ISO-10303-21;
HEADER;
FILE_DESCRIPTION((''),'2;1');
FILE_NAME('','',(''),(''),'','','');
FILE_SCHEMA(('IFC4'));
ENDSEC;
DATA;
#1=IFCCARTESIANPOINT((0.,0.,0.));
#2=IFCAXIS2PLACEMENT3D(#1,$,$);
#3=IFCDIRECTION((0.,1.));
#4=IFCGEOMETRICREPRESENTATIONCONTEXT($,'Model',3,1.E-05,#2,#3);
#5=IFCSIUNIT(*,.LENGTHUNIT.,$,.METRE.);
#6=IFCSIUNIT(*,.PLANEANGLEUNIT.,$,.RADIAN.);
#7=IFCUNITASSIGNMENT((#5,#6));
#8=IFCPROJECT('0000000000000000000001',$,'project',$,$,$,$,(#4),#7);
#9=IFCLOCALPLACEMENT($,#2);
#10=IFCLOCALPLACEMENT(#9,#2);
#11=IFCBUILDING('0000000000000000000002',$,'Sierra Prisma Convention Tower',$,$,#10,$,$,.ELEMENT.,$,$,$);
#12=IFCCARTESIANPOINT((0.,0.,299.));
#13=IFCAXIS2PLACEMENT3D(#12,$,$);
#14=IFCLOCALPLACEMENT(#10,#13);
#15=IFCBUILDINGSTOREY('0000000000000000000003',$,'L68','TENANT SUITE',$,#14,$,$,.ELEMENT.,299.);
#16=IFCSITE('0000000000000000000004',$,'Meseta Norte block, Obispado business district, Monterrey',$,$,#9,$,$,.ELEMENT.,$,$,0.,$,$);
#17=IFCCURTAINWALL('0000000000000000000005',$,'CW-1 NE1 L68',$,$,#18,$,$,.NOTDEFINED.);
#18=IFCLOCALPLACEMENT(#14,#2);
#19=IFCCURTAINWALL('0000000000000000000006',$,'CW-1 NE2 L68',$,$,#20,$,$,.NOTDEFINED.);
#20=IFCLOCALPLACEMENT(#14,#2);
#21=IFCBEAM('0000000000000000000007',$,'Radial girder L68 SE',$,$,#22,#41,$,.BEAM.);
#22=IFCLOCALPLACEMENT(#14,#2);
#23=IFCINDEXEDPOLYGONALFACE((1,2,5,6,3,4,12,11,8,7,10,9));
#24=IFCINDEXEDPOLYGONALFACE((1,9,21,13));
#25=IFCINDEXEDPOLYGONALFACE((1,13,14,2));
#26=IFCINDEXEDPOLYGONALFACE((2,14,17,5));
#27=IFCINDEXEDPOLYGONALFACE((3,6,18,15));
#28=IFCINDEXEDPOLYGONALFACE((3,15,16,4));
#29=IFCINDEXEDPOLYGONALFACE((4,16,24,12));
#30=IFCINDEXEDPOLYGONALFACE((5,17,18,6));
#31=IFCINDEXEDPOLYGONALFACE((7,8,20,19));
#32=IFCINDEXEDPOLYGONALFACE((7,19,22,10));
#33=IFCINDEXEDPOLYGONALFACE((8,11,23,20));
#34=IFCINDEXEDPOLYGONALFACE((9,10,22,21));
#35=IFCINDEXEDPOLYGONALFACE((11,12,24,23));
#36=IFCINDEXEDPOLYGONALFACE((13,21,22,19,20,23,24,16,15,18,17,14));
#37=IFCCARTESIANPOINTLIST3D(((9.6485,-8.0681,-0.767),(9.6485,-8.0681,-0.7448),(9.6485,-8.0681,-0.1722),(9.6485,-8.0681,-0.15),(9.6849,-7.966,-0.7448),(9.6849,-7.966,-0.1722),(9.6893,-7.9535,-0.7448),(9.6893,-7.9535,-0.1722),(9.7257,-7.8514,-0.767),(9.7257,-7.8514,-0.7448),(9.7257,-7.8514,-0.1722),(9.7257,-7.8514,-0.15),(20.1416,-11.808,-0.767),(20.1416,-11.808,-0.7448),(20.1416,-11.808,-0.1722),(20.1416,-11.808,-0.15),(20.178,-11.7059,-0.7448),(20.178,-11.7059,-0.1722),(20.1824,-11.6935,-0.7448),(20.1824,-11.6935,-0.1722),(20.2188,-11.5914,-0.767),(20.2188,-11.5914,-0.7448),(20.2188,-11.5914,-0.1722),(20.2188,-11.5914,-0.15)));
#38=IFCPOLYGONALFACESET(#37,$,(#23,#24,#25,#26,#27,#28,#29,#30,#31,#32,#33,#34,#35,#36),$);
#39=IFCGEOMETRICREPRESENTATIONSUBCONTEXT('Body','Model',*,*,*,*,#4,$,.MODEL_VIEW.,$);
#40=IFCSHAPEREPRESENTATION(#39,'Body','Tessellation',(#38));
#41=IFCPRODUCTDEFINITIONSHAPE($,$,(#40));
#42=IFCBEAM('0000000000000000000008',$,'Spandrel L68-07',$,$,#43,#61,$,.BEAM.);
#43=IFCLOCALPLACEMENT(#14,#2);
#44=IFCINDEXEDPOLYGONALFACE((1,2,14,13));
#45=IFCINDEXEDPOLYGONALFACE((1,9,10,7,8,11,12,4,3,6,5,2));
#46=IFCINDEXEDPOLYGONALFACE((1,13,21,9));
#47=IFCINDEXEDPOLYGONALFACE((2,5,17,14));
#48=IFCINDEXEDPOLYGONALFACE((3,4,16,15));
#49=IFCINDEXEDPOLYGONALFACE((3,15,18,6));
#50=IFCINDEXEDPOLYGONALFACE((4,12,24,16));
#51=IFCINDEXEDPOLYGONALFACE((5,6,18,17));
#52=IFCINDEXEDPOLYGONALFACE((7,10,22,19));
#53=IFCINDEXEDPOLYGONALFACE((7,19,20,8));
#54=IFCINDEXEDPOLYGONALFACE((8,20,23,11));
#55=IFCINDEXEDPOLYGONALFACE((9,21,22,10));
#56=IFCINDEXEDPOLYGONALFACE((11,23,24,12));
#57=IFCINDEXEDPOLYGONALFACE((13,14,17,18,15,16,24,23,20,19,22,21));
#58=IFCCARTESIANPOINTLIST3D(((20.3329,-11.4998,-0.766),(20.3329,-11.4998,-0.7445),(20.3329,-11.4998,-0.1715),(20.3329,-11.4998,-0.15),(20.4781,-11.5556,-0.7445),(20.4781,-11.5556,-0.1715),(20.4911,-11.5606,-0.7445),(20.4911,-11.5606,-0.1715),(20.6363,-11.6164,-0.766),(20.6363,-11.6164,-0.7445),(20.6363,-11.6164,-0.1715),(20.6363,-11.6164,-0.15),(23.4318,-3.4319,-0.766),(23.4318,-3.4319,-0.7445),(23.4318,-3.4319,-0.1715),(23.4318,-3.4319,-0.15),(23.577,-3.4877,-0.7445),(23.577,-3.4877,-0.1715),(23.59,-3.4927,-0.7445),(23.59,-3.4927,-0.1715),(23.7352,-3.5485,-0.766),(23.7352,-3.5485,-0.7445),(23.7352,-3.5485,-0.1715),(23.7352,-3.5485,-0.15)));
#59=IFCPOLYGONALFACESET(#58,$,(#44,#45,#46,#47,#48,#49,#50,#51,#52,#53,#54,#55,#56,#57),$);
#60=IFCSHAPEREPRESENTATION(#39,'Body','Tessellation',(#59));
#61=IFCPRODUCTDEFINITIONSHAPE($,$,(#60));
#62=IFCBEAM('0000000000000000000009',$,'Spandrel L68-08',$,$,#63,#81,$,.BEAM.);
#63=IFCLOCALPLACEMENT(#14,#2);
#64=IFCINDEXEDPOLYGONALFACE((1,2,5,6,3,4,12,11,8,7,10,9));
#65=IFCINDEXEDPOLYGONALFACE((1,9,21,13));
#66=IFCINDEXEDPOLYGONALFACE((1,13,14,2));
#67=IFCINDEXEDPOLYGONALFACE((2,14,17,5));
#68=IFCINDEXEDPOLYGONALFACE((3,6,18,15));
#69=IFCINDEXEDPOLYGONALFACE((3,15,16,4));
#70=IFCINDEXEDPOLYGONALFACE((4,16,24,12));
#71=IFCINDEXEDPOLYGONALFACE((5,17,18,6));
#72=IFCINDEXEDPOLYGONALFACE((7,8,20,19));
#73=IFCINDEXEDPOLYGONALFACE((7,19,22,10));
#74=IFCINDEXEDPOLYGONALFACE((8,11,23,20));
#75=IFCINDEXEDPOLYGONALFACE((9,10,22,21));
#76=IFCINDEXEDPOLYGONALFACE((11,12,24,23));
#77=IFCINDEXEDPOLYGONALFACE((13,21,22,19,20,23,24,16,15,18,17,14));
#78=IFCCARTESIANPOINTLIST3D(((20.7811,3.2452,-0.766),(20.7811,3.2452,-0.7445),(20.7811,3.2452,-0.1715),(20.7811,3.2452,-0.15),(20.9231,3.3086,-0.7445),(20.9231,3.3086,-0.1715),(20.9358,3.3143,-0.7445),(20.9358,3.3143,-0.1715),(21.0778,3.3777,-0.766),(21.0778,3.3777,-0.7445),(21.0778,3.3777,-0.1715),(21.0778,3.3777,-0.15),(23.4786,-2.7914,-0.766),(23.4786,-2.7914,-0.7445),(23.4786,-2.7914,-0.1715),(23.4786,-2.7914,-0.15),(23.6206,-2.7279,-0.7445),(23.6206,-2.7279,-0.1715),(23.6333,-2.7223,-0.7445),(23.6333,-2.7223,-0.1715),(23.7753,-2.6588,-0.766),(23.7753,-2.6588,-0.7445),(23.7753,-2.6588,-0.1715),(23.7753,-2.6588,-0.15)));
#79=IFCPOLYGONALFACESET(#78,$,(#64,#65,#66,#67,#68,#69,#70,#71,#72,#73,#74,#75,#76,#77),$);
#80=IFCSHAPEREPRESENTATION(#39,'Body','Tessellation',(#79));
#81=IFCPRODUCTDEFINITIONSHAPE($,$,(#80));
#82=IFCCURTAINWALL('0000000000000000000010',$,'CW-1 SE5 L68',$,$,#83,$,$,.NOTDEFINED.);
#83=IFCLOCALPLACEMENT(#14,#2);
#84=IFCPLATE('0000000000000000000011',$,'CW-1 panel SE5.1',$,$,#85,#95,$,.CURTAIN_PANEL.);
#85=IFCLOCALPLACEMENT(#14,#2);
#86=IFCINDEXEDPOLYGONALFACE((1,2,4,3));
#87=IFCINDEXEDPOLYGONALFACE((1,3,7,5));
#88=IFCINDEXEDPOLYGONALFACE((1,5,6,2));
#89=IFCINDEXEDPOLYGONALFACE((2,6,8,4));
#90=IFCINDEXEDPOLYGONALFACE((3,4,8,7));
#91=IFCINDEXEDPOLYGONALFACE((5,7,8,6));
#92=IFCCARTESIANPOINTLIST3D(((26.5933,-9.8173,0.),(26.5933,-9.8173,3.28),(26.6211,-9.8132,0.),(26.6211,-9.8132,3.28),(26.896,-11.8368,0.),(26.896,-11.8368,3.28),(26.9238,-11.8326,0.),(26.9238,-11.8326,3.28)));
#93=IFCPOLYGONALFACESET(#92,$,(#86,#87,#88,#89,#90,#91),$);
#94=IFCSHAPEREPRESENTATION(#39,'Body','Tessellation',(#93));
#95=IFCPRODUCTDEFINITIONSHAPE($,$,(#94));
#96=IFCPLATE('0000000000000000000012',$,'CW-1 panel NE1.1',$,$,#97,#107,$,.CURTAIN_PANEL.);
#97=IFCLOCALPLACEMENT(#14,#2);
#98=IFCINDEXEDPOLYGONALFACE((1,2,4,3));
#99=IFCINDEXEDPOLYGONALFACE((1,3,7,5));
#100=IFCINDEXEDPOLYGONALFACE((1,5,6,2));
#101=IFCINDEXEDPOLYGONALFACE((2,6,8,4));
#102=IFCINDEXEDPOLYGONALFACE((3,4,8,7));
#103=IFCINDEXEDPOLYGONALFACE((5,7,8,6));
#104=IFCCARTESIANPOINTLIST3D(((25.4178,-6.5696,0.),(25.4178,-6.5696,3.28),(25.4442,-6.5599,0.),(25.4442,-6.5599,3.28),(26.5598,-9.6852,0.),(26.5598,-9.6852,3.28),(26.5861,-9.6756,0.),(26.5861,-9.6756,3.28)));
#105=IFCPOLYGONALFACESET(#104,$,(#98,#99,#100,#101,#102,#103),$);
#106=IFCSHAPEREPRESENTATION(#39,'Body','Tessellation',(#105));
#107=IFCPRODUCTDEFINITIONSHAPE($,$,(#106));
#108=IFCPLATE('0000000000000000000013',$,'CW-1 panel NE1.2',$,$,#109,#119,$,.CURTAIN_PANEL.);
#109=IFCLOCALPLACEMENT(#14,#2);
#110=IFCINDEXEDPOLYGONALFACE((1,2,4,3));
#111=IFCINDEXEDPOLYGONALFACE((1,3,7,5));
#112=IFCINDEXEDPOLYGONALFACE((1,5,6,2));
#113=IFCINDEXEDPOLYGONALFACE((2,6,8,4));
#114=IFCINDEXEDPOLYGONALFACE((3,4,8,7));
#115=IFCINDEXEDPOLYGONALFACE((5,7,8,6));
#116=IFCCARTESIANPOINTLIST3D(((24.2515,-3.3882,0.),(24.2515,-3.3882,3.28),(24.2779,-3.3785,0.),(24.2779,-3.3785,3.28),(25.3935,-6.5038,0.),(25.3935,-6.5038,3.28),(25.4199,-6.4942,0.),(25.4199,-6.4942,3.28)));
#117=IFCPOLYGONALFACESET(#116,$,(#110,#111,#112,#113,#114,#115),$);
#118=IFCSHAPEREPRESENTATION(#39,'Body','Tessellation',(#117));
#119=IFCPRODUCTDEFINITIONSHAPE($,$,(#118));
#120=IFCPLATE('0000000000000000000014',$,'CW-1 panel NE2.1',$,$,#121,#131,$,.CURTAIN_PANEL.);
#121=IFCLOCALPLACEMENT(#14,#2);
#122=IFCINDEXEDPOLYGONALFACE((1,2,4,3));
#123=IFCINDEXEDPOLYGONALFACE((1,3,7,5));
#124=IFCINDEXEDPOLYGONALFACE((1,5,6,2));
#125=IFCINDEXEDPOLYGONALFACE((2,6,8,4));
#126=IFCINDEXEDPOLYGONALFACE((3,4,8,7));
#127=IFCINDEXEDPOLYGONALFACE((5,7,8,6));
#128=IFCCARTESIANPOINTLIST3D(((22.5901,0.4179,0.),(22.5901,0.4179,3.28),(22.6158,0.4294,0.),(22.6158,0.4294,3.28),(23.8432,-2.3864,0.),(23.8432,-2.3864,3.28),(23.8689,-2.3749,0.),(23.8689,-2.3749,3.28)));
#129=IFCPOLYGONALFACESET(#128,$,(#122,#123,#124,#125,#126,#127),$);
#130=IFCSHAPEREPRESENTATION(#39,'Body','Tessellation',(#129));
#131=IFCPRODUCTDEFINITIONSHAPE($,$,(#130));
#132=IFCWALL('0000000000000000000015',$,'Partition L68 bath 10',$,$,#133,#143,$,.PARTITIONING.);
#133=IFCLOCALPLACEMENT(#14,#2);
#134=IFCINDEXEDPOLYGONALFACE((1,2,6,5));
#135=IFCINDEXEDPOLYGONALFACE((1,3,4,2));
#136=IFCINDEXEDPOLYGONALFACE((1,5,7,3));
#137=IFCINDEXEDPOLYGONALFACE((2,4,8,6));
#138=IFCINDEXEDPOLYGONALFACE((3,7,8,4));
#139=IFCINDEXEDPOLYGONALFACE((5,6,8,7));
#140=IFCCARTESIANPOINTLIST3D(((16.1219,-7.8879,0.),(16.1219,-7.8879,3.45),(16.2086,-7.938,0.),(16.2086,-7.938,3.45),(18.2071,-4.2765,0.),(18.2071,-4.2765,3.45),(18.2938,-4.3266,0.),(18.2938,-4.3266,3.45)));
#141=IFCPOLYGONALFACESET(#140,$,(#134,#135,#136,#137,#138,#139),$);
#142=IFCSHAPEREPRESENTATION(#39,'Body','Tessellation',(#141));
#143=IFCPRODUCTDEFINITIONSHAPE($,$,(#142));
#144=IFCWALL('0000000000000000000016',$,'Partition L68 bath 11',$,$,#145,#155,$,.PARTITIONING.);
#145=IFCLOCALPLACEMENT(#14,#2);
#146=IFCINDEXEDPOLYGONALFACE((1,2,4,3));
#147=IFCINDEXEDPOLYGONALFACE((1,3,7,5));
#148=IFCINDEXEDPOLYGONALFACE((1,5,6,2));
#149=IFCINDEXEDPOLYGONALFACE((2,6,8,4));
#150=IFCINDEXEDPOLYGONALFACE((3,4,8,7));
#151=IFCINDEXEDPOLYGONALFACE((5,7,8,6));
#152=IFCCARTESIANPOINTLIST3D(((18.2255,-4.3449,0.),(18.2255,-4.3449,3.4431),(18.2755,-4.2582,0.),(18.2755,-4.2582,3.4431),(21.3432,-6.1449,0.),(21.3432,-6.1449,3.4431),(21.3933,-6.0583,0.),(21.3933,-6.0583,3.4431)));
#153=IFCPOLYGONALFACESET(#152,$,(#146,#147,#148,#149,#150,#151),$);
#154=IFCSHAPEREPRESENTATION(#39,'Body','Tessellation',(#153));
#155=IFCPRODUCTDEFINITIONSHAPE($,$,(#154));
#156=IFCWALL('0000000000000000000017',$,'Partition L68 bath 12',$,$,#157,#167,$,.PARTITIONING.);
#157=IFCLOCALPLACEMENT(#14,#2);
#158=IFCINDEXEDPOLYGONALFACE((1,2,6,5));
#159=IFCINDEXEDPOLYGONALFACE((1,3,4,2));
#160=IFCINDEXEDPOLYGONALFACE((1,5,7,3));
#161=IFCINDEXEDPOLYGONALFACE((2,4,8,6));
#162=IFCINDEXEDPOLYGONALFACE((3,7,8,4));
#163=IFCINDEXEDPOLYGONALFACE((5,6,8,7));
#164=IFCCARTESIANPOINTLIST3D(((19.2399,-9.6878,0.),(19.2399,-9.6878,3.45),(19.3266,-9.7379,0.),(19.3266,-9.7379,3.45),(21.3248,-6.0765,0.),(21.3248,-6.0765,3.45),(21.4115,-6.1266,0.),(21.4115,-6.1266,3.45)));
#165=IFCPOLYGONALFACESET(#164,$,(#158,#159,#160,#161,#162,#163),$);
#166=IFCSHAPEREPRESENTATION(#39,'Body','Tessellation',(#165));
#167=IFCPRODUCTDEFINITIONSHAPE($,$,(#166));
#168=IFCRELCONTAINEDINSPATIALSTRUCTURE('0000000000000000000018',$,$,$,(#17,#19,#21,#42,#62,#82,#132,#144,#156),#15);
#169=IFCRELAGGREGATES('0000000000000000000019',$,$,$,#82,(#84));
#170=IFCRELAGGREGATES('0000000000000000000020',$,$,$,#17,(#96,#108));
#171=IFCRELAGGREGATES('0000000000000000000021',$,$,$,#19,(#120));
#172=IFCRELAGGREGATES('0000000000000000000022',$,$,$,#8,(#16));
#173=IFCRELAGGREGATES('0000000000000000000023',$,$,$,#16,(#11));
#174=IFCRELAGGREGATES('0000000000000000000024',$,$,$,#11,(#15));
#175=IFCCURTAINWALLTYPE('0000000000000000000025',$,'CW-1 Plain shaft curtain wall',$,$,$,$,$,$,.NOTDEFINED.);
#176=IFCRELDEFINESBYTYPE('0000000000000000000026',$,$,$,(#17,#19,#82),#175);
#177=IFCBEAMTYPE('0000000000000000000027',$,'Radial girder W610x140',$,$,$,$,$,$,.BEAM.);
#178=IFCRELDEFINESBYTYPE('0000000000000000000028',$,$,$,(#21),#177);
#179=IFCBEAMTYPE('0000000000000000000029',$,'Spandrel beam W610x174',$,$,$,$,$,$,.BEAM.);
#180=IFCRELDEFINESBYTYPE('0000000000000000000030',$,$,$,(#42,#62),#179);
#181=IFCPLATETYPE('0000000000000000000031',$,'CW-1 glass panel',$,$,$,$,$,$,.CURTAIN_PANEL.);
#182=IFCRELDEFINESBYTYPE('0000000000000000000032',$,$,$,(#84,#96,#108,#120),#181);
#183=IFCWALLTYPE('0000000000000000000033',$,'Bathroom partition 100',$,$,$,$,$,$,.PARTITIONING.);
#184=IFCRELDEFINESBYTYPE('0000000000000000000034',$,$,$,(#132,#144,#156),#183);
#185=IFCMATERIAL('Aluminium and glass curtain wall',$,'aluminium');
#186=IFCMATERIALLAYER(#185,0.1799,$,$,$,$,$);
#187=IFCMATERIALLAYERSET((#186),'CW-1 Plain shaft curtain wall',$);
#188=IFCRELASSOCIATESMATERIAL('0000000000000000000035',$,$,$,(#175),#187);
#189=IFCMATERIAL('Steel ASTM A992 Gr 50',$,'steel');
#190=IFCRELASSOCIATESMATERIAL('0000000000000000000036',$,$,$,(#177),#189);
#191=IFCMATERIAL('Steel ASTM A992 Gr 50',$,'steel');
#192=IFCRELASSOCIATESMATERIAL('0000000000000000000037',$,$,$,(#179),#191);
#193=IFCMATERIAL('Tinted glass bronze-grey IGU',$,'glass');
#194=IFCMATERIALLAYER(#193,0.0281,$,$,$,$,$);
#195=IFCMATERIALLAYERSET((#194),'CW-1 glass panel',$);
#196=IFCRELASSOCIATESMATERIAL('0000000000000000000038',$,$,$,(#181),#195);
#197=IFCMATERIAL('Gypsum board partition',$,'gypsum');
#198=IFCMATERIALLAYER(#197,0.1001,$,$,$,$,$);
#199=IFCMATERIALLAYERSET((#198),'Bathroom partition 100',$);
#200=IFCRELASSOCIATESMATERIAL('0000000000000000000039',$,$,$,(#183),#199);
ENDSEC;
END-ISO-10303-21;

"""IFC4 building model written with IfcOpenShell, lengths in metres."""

from ifc_helpers import new_model, si_unit, direction, frame, frame_2d, origin, origin_2d, place, context, subcontext, project, spatial, rectangle, i_section, extrude, material, layer, layer_set, material_profile, profile_set, type_object, element, aggregate, save


model = new_model("IFC4")

# Units and contexts
model_context = context("Model", 3, precision=1e-05, world=origin(), true_north=direction((0.0, 1.0)))
body_context = subcontext(model_context, "Body", "Model", "MODEL_VIEW")
ifc_project = project(units=[si_unit("LENGTHUNIT", "METRE"), si_unit("PLANEANGLEUNIT", "RADIAN")], contexts=[model_context])

# Site, building, storey
site_placement = place(None, origin())
site = spatial("IfcSite", under=ifc_project, at=site_placement, Name="Meseta Norte block, Obispado business district, Monterrey", CompositionType="ELEMENT", RefElevation=0.0)
building_placement = place(site_placement, origin())
building = spatial("IfcBuilding", under=site, at=building_placement, Name="Sierra Prisma Convention Tower", CompositionType="ELEMENT")
storey_placement = place(building_placement, frame((0.0, 0.0, 299.0)))
storey = spatial("IfcBuildingStorey", under=building, at=storey_placement, Name="L68", Description="TENANT SUITE", CompositionType="ELEMENT", Elevation=299.0)

# Curtain wall
ifc_material_1 = material(Name="Aluminium and glass curtain wall", Category="aluminium")
ifc_layer_1 = layer(ifc_material_1, 0.1799)
ifc_layer_set_1 = layer_set([ifc_layer_1], Name="CW-1 Plain shaft curtain wall")
curtain_wall_type = type_object("IfcCurtainWallType", Name="CW-1 Plain shaft curtain wall", PredefinedType="NOTDEFINED", material=ifc_layer_set_1)
curtain_wall_1_placement = place(storey_placement, origin())
curtain_wall_1 = element("IfcCurtainWall", 1, at=curtain_wall_1_placement, inside=storey, type_object=curtain_wall_type, Name="CW-1 NE1 L68", PredefinedType="NOTDEFINED")

# Curtain wall
curtain_wall_2_placement = place(storey_placement, origin())
curtain_wall_2 = element("IfcCurtainWall", 2, at=curtain_wall_2_placement, inside=storey, type_object=curtain_wall_type, Name="CW-1 NE2 L68", PredefinedType="NOTDEFINED")

# Beams
ifc_material_2 = material(Name="Steel ASTM A992 Gr 50", Category="steel")
ifc_material_profile_1 = material_profile(ifc_material_2, i_section(OverallWidth=0.23, OverallDepth=0.6169, WebThickness=0.0132, FlangeThickness=0.0222, at=origin_2d()), Name="W610x140")
ifc_profile_set_1 = profile_set([ifc_material_profile_1], Name="Steel ASTM A992 Gr 50")
beam_type_1 = type_object("IfcBeamType", Name="Radial girder W610x140", PredefinedType="BEAM", material=ifc_profile_set_1)
beam_1_placement = place(storey_placement, frame((20.1802, -11.6997, -0.4585), z_axis=(-0.941957, 0.335734, 0.0), x_axis=(-0.335734, -0.941957, 0.0)))
element("IfcBeam", 3, at=beam_1_placement, inside=storey, type_object=beam_type_1, Name="Radial girder L68 SE", PredefinedType="BEAM", context=body_context, shape_type="SweptSolid", body=[
    extrude(i_section(OverallWidth=0.23, OverallDepth=0.6169, WebThickness=0.0132, FlangeThickness=0.0222, at=origin_2d()), origin(), (0.0, 0.0, 1.0), 11.1396),
])
ifc_material_3 = material(Name="Steel ASTM A992 Gr 50", Category="steel")
ifc_material_profile_2 = material_profile(ifc_material_3, i_section(OverallWidth=0.325, OverallDepth=0.616, WebThickness=0.0139, FlangeThickness=0.0215, at=origin_2d()), Name="W610x174")
ifc_profile_set_2 = profile_set([ifc_material_profile_2], Name="Steel ASTM A992 Gr 50")
beam_type_2 = type_object("IfcBeamType", Name="Spandrel beam W610x174", PredefinedType="BEAM", material=ifc_profile_set_2)
beam_2_placement = place(storey_placement, frame((20.4846, -11.5581, -0.458), z_axis=(0.358561, 0.933506, 0.0), x_axis=(-0.933506, 0.358561, 0.0)))
element("IfcBeam", 4, at=beam_2_placement, inside=storey, type_object=beam_type_2, Name="Spandrel L68-07", PredefinedType="BEAM", context=body_context, shape_type="SweptSolid", body=[
    extrude(i_section(OverallWidth=0.325, OverallDepth=0.616, WebThickness=0.0139, FlangeThickness=0.0215, at=origin_2d()), origin(), (0.0, 0.0, 1.0), 8.6426),
])
beam_3_placement = place(storey_placement, frame((23.627, -2.7251, -0.458), z_axis=(-0.407977, 0.912992, 0.0), x_axis=(-0.912992, -0.407977, 0.0)))
element("IfcBeam", 5, at=beam_3_placement, inside=storey, type_object=beam_type_2, Name="Spandrel L68-08", PredefinedType="BEAM", context=body_context, shape_type="SweptSolid", body=[
    extrude(i_section(OverallWidth=0.325, OverallDepth=0.616, WebThickness=0.0139, FlangeThickness=0.0215, at=origin_2d()), origin(), (0.0, 0.0, 1.0), 6.6118),
])

# Curtain wall, plate
curtain_wall_3_placement = place(storey_placement, origin())
curtain_wall_3 = element("IfcCurtainWall", 6, at=curtain_wall_3_placement, inside=storey, type_object=curtain_wall_type, Name="CW-1 SE5 L68", PredefinedType="NOTDEFINED")
ifc_material_4 = material(Name="Tinted glass bronze-grey IGU", Category="glass")
ifc_layer_2 = layer(ifc_material_4, 0.0281)
ifc_layer_set_2 = layer_set([ifc_layer_2], Name="CW-1 glass panel")
plate_type = type_object("IfcPlateType", Name="CW-1 glass panel", PredefinedType="CURTAIN_PANEL", material=ifc_layer_set_2)
plate_1_placement = place(storey_placement, frame((26.7585, -10.825, 0.0), z_axis=(0.0, 0.0, 1.0), x_axis=(-0.148222, 0.988954, 0.0)))
plate_1 = element("IfcPlate", 7, at=plate_1_placement, type_object=plate_type, Name="CW-1 panel SE5.1", PredefinedType="CURTAIN_PANEL", context=body_context, shape_type="SweptSolid", body=[
    extrude(rectangle(XDim=2.042, YDim=0.0281, at=origin_2d()), origin(), (0.0, 0.0, 1.0), 3.28),
])
aggregate(curtain_wall_3, [plate_1])

# Plates
plate_2_placement = place(storey_placement, frame((26.002, -8.1226, 0.0), z_axis=(0.0, 0.0, 1.0), x_axis=(-0.344136, 0.93892, 0.0)))
plate_2 = element("IfcPlate", 8, at=plate_2_placement, type_object=plate_type, Name="CW-1 panel NE1.1", PredefinedType="CURTAIN_PANEL", context=body_context, shape_type="SweptSolid", body=[
    extrude(rectangle(XDim=3.3184, YDim=0.0281, at=origin_2d()), origin(), (0.0, 0.0, 1.0), 3.28),
])
plate_3_placement = place(storey_placement, frame((24.8357, -4.9412, 0.0), z_axis=(0.0, 0.0, 1.0), x_axis=(-0.344136, 0.93892, 0.0)))
plate_3 = element("IfcPlate", 9, at=plate_3_placement, type_object=plate_type, Name="CW-1 panel NE1.2", PredefinedType="CURTAIN_PANEL", context=body_context, shape_type="SweptSolid", body=[
    extrude(rectangle(XDim=3.3184, YDim=0.0281, at=origin_2d()), origin(), (0.0, 0.0, 1.0), 3.28),
])
aggregate(curtain_wall_1, [plate_2, plate_3])
plate_4_placement = place(storey_placement, frame((23.2295, -0.9785, 0.0), z_axis=(0.0, 0.0, 1.0), x_axis=(-0.407971, 0.912995, 0.0)))
plate_4 = element("IfcPlate", 10, at=plate_4_placement, type_object=plate_type, Name="CW-1 panel NE2.1", PredefinedType="CURTAIN_PANEL", context=body_context, shape_type="SweptSolid", body=[
    extrude(rectangle(XDim=3.0715, YDim=0.0281, at=origin_2d()), origin(), (0.0, 0.0, 1.0), 3.28),
])
aggregate(curtain_wall_2, [plate_4])

# Walls
ifc_material_5 = material(Name="Gypsum board partition", Category="gypsum")
ifc_layer_3 = layer(ifc_material_5, 0.1001)
ifc_layer_set_3 = layer_set([ifc_layer_3], Name="Bathroom partition 100")
wall_type_1 = type_object("IfcWallType", Name="Bathroom partition 100", PredefinedType="PARTITIONING", material=ifc_layer_set_3)
wall_1_placement = place(storey_placement, frame((16.1653, -7.9128, 0.0), z_axis=(0.0, 0.0, 1.0), x_axis=(0.500037, 0.866004, 0.0)))
element("IfcWall", 11, at=wall_1_placement, inside=storey, type_object=wall_type_1, Name="Partition L68 bath 10", PredefinedType="PARTITIONING", context=body_context, shape_type="SweptSolid", body=[
    extrude(rectangle(XDim=4.1702, YDim=0.1001, at=frame_2d((2.085, 0.0))), origin(), (0.0, 0.0, 1.0), 3.45),
])
wall_2_placement = place(storey_placement, frame((18.2505, -4.3015, 0.0), z_axis=(0.0, 0.0, 1.0), x_axis=(0.866018, -0.500012, 0.0)))
element("IfcWall", 12, at=wall_2_placement, inside=storey, type_object=wall_type_1, Name="Partition L68 bath 11", PredefinedType="PARTITIONING", context=body_context, shape_type="SweptSolid", body=[
    extrude(rectangle(XDim=3.6001, YDim=0.1001, at=frame_2d((1.8, 0.0))), origin(), (0.0, 0.0, 1.0), 3.4431),
])
wall_3_placement = place(storey_placement, frame((21.3682, -6.1016, 0.0), z_axis=(0.0, 0.0, 1.0), x_axis=(-0.499993, -0.86603, 0.0)))
element("IfcWall", 13, at=wall_3_placement, inside=storey, type_object=wall_type_1, Name="Partition L68 bath 12", PredefinedType="PARTITIONING", context=body_context, shape_type="SweptSolid", body=[
    extrude(rectangle(XDim=4.1699, YDim=0.1001, at=frame_2d((2.085, 0.0))), origin(), (0.0, 0.0, 1.0), 3.45),
])

save(model, "model.ifc")
